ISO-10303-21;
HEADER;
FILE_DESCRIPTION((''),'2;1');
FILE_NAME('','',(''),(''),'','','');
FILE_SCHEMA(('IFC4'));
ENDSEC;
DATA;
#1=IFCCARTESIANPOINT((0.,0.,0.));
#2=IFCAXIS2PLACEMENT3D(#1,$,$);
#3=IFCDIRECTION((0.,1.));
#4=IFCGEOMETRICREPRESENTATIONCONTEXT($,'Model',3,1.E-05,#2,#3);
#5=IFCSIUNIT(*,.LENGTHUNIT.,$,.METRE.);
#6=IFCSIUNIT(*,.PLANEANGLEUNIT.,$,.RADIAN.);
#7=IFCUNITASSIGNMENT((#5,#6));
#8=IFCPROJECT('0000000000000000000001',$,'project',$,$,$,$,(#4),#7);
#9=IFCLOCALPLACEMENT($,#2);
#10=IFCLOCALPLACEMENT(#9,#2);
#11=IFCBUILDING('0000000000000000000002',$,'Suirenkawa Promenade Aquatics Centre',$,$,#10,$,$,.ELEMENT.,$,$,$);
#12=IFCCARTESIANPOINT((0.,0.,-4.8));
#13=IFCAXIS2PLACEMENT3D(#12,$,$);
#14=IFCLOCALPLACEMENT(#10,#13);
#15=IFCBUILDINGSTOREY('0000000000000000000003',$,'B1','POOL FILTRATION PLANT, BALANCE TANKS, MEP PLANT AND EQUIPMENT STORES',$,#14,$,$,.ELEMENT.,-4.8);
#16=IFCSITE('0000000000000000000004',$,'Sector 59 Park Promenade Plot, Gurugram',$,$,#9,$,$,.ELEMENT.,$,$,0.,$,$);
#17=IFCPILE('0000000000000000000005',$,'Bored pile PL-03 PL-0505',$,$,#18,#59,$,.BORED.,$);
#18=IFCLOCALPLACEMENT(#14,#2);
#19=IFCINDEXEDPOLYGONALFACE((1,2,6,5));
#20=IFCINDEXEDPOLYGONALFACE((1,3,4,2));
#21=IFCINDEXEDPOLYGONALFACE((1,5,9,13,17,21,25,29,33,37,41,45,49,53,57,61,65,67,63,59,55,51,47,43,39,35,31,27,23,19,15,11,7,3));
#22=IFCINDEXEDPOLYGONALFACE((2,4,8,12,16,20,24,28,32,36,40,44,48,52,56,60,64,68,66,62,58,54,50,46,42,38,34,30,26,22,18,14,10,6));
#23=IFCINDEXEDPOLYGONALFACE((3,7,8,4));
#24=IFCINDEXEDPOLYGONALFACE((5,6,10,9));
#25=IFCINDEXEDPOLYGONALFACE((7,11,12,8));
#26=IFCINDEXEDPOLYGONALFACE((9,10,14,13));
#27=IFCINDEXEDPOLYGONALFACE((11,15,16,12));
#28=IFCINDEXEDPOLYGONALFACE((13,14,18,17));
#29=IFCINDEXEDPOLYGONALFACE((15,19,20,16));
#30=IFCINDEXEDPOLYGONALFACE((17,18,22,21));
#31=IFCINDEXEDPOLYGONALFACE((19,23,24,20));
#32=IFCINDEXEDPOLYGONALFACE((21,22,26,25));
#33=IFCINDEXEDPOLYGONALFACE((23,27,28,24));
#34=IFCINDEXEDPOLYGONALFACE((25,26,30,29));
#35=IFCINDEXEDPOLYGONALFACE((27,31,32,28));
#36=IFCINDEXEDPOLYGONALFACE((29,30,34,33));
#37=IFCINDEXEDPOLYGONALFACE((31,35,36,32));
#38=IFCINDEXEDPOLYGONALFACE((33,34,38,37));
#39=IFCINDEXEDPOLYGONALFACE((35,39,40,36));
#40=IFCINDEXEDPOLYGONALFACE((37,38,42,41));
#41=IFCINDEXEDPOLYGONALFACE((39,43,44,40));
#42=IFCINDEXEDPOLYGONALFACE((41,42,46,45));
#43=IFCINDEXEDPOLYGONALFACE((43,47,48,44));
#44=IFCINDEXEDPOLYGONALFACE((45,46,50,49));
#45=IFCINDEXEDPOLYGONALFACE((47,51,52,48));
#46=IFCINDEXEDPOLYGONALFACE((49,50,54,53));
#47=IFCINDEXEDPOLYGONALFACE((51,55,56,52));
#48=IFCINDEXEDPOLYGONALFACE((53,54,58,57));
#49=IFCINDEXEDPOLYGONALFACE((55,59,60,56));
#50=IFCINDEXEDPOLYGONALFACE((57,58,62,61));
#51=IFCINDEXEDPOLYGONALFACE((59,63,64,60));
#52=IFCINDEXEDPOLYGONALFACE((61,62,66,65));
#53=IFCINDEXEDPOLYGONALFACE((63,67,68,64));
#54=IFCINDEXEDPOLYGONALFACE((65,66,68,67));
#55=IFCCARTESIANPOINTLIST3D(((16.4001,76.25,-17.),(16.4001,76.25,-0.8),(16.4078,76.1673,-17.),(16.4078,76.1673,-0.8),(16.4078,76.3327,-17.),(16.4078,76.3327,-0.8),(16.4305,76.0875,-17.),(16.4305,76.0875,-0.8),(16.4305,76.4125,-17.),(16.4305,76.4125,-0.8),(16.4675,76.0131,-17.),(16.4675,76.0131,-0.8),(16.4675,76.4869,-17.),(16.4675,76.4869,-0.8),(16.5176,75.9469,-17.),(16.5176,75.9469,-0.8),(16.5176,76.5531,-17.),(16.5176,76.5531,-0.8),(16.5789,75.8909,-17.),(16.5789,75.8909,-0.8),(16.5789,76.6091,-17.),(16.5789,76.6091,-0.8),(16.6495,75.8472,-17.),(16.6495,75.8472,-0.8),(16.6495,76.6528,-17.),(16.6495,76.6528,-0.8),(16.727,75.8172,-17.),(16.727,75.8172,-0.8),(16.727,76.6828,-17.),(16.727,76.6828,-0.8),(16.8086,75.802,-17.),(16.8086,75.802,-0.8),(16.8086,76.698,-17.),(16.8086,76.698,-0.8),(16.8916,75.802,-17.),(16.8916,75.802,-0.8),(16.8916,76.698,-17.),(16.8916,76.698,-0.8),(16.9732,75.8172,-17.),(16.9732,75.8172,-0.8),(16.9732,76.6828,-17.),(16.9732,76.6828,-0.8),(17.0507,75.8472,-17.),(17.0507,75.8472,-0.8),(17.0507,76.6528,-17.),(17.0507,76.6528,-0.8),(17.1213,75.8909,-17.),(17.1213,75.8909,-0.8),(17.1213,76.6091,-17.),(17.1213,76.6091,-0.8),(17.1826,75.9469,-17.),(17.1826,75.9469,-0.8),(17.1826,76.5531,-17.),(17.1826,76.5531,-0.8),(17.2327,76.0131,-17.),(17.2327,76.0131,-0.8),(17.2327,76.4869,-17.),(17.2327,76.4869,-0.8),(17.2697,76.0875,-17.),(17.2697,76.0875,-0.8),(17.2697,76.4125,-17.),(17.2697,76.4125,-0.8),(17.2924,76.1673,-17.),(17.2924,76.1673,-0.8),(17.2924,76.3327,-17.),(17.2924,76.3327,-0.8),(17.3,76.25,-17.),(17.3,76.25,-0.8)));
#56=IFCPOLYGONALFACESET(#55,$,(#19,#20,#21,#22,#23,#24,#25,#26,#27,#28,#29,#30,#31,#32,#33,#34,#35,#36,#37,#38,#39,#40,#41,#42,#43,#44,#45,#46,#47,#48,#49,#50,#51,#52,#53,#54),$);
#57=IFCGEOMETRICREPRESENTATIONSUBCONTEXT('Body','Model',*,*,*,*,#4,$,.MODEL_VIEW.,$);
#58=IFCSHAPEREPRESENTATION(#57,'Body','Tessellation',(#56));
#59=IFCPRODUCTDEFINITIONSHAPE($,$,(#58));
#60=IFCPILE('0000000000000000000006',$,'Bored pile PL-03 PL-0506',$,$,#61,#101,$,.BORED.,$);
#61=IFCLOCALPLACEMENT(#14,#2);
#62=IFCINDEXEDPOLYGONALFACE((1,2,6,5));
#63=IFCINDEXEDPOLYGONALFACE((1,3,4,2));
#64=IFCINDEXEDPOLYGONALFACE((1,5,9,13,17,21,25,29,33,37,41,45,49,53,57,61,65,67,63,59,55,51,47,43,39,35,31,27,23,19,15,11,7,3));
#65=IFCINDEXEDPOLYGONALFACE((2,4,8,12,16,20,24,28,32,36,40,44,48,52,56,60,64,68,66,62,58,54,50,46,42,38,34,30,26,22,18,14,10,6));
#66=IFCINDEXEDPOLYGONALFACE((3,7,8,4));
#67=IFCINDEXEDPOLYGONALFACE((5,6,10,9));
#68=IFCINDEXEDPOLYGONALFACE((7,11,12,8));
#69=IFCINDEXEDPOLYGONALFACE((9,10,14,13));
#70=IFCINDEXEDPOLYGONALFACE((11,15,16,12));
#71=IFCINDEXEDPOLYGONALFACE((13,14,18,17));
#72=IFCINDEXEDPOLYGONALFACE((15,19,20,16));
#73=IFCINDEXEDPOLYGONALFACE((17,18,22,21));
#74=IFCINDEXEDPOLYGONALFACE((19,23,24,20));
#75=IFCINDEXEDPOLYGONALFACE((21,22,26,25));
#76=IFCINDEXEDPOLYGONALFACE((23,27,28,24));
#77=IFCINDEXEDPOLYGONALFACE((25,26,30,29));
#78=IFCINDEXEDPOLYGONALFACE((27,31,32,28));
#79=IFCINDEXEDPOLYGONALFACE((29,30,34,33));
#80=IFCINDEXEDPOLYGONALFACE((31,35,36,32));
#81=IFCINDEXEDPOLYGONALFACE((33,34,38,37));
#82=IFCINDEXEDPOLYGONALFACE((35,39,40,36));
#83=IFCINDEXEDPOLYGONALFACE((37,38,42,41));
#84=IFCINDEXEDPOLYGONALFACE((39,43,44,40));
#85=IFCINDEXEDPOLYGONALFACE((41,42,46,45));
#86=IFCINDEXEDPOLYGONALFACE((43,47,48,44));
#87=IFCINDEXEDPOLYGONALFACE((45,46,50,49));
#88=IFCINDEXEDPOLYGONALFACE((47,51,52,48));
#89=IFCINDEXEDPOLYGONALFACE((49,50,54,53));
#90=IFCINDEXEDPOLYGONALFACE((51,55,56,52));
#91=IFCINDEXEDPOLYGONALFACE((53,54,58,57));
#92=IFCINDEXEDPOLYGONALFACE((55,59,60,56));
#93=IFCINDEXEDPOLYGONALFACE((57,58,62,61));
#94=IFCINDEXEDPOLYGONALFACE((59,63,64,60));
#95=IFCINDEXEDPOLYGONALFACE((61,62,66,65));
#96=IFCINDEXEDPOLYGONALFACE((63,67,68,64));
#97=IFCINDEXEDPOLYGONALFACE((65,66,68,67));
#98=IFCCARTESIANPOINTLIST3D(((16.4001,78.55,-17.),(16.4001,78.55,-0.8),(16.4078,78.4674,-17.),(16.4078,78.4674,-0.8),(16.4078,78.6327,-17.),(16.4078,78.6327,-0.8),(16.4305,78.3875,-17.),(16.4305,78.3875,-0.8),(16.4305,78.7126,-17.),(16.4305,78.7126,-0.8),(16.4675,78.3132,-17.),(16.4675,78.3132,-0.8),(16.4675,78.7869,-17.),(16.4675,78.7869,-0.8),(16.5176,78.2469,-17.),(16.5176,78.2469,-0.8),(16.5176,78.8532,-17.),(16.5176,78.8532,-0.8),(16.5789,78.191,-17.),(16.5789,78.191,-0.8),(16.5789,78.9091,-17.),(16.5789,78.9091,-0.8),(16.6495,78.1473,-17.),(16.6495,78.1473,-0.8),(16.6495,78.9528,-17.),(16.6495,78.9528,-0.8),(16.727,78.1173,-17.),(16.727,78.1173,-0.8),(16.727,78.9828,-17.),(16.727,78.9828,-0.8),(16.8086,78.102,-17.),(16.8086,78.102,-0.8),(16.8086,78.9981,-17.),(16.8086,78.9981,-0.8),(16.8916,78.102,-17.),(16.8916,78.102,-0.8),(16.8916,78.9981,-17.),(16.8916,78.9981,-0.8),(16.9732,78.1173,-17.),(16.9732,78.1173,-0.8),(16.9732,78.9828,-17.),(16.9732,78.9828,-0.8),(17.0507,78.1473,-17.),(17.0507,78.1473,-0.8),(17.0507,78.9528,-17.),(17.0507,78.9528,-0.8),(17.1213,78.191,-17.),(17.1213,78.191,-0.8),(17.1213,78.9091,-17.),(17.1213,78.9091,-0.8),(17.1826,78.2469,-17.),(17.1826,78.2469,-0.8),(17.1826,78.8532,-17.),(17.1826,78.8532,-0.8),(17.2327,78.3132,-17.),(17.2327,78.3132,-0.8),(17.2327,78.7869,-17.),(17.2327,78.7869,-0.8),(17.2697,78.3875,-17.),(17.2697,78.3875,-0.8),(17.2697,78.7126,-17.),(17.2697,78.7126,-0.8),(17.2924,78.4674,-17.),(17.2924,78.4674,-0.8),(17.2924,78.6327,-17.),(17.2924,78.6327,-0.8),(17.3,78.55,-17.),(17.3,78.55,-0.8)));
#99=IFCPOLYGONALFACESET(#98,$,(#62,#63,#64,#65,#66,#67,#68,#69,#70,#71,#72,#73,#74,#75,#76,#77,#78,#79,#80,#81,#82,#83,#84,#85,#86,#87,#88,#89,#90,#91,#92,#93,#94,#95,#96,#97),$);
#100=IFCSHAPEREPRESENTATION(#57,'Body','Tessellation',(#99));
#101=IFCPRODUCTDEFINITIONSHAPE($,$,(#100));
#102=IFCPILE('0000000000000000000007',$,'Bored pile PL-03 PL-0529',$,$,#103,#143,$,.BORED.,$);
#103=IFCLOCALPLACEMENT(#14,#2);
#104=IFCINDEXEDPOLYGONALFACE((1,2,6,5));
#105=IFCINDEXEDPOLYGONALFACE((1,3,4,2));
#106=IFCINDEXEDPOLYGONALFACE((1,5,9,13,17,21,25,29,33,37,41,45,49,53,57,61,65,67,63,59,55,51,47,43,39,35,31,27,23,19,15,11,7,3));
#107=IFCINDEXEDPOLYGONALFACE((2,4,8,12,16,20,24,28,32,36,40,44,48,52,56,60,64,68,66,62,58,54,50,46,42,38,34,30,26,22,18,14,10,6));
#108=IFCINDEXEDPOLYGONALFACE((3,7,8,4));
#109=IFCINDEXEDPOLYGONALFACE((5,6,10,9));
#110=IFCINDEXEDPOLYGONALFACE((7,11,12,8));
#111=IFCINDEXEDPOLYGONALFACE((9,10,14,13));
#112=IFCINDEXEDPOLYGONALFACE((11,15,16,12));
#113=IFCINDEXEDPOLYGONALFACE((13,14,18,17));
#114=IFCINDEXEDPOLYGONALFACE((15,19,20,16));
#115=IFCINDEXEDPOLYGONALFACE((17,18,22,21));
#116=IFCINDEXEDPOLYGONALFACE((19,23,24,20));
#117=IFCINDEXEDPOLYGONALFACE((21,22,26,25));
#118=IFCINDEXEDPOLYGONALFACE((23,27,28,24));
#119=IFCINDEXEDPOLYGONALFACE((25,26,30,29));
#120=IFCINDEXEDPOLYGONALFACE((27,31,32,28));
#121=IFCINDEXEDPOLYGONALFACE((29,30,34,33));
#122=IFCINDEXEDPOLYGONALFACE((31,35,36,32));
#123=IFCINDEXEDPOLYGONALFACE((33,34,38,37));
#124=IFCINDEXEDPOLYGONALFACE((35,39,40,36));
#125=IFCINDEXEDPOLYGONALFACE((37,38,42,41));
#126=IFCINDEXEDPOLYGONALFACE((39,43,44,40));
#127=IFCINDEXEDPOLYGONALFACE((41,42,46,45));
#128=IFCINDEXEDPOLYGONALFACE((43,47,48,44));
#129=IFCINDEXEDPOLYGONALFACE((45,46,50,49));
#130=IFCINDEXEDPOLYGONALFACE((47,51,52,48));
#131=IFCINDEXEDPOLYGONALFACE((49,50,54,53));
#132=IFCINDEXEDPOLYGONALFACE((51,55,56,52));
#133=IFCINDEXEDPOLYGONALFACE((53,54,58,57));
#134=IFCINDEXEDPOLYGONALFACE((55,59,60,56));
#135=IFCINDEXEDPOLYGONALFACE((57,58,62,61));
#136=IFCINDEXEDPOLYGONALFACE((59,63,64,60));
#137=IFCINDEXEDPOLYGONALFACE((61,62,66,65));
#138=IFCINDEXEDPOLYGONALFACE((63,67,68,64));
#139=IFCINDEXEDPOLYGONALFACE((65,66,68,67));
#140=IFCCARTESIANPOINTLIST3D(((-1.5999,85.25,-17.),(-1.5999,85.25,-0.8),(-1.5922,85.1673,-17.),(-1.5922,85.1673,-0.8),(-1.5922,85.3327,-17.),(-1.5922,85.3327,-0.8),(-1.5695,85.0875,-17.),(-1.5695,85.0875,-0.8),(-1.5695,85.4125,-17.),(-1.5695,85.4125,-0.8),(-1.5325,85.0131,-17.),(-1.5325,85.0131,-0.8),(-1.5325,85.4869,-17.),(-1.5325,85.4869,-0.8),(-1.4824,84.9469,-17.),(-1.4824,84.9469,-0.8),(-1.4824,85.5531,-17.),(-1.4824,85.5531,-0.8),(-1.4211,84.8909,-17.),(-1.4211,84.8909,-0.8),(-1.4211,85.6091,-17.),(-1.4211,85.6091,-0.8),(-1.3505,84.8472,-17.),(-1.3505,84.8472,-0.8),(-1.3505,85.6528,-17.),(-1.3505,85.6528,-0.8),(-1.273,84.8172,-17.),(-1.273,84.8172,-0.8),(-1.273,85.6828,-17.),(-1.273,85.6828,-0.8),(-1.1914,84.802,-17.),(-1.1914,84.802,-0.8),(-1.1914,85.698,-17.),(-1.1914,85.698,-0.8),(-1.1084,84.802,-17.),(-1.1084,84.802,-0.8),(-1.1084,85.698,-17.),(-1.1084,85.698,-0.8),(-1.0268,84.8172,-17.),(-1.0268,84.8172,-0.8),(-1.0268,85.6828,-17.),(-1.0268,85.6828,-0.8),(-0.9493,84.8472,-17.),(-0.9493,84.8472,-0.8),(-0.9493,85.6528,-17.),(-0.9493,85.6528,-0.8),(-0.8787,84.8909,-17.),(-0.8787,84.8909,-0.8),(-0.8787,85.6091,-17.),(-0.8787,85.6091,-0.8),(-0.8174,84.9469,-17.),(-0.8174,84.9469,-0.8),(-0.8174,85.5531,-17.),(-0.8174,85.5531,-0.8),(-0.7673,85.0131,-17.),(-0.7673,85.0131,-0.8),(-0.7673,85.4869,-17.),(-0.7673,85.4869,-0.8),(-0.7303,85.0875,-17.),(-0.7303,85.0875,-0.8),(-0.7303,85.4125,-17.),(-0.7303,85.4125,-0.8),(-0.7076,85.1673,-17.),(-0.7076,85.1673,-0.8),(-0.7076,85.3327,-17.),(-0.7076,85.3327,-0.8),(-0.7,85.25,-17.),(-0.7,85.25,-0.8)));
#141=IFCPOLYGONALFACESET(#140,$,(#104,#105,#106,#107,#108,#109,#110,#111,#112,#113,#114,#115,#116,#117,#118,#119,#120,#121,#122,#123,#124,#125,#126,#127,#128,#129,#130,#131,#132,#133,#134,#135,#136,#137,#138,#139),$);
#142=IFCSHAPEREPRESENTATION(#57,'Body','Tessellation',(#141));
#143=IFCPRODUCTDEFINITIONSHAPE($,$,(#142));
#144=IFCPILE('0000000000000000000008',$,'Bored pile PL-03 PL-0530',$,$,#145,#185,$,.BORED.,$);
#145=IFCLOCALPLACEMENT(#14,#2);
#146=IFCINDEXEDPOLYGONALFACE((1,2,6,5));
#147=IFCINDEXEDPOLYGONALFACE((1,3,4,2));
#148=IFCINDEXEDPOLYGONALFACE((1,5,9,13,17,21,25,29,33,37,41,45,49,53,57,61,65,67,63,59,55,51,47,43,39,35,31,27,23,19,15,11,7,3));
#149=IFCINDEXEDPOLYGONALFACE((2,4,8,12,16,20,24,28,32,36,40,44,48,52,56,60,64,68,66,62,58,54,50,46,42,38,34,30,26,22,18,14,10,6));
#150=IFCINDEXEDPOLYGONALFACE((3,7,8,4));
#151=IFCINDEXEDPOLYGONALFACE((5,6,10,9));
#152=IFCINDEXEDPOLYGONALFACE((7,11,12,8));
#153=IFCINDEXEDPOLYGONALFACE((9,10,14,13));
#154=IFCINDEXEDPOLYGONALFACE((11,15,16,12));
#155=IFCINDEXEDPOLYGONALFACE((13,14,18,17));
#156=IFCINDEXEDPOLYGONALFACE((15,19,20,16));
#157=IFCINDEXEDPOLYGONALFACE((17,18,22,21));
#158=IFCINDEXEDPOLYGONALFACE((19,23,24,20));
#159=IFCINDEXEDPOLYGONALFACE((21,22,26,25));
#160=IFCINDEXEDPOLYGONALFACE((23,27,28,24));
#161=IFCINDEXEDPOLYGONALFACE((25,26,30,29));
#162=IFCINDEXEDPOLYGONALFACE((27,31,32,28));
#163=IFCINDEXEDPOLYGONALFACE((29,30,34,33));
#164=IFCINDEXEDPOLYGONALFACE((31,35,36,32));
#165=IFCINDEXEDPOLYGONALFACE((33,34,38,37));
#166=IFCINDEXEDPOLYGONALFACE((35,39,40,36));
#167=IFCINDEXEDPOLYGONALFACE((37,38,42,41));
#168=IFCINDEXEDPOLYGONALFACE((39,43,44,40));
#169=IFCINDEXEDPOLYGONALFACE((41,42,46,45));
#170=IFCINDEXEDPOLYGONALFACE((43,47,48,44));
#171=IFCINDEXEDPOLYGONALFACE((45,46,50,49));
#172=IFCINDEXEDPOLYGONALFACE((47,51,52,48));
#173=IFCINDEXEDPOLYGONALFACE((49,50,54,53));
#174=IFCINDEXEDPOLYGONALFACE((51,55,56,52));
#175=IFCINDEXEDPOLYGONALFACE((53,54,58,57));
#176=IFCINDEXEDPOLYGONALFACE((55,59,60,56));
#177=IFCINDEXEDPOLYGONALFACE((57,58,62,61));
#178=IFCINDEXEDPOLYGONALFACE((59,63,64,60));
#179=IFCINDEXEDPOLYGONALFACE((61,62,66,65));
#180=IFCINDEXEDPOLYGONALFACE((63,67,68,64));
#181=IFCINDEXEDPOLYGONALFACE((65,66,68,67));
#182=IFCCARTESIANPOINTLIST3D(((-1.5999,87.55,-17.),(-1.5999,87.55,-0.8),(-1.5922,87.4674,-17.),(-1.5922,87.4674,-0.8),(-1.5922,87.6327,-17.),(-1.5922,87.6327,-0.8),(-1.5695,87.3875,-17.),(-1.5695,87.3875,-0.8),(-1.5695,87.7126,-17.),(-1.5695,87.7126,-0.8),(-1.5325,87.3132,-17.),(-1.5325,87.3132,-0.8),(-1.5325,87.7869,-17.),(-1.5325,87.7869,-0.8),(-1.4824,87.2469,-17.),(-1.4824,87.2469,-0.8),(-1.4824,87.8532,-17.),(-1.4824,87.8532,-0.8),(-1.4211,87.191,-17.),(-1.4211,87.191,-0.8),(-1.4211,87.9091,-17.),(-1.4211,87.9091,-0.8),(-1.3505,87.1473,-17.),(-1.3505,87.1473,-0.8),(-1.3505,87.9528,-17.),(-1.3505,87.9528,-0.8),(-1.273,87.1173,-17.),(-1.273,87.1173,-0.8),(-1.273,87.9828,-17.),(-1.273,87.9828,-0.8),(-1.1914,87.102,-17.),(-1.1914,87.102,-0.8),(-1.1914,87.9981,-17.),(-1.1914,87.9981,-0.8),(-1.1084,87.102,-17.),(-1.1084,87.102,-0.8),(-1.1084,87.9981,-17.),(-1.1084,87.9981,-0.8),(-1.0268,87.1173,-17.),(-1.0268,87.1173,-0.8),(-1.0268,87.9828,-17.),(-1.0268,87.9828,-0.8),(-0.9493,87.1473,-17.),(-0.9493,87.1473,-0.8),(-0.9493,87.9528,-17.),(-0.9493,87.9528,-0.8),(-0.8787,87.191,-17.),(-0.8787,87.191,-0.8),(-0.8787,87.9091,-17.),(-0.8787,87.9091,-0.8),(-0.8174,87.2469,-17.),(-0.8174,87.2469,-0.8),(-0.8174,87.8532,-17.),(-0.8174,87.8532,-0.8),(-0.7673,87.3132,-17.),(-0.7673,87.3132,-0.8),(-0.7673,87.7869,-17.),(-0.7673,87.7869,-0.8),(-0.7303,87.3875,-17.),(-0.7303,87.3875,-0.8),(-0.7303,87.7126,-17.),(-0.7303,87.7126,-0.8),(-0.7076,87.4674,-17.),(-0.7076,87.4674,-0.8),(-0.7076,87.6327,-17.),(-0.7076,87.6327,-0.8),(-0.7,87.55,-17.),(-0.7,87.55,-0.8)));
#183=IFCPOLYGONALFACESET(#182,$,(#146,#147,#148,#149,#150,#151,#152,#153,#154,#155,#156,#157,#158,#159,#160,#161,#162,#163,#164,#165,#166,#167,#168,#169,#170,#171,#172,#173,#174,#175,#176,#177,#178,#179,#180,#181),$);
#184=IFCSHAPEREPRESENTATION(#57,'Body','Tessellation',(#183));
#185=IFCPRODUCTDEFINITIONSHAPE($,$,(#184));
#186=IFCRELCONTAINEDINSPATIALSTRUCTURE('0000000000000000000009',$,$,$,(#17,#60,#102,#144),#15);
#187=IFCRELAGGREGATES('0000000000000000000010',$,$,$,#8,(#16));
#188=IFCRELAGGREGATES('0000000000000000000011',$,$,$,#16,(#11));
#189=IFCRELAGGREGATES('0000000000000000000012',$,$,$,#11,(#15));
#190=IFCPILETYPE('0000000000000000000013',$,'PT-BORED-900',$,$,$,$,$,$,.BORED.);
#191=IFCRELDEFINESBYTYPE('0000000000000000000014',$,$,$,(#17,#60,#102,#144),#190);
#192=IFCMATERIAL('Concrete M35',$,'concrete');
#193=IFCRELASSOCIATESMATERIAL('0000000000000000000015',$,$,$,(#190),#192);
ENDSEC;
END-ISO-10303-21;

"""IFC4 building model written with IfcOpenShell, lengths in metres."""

from ifc_helpers import new_model, si_unit, direction, frame, origin, origin_2d, place, context, subcontext, project, spatial, circle, extrude, material, material_profile, profile_set, type_object, element, save


model = new_model("IFC4")

# Units and contexts
model_context = context("Model", 3, precision=1e-05, world=origin(), true_north=direction((0.0, 1.0)))
body_context = subcontext(model_context, "Body", "Model", "MODEL_VIEW")
ifc_project = project(units=[si_unit("LENGTHUNIT", "METRE"), si_unit("PLANEANGLEUNIT", "RADIAN")], contexts=[model_context])

# Site, building, storey
site_placement = place(None, origin())
site = spatial("IfcSite", under=ifc_project, at=site_placement, Name="Sector 59 Park Promenade Plot, Gurugram", CompositionType="ELEMENT", RefElevation=0.0)
building_placement = place(site_placement, origin())
building = spatial("IfcBuilding", under=site, at=building_placement, Name="Suirenkawa Promenade Aquatics Centre", CompositionType="ELEMENT")
storey_placement = place(building_placement, frame((0.0, 0.0, -4.8)))
storey = spatial("IfcBuildingStorey", under=building, at=storey_placement, Name="B1", Description="POOL FILTRATION PLANT, BALANCE TANKS, MEP PLANT AND EQUIPMENT STORES", CompositionType="ELEMENT", Elevation=-4.8)

# Shared definitions
ifc_material_1 = material(Name="Concrete M35", Category="concrete")

# Piles
ifc_material_profile_1 = material_profile(ifc_material_1, circle(Radius=0.45, at=origin_2d()), Name="PILE D900", Category="concrete")
ifc_profile_set_1 = profile_set([ifc_material_profile_1], Name="Concrete M35")
pile_type_1 = type_object("IfcPileType", Name="PT-BORED-900", PredefinedType="BORED", material=ifc_profile_set_1)
for number, where, z_axis, x_axis, name in (
    (1, (16.8501, 76.25, -0.8), (0.0, 0.0, -1.0), (1.0, 0.0, 0.0), "Bored pile PL-03 PL-0505"),
    (2, (16.8501, 78.55, -0.8), (0.0, 0.0, -1.0), (1.0, 0.0, 0.0), "Bored pile PL-03 PL-0506"),
    (3, (-1.1499, 85.25, -0.8), (0.0, 0.0, -1.0), (1.0, 0.0, 0.0), "Bored pile PL-03 PL-0529"),
    (4, (-1.1499, 87.55, -0.8), (0.0, 0.0, -1.0), (1.0, 0.0, 0.0), "Bored pile PL-03 PL-0530"),
):
    element("IfcPile", number, at=place(storey_placement, frame(where, z_axis=z_axis, x_axis=x_axis)), inside=storey, type_object=pile_type_1, Name=name, PredefinedType="BORED", context=body_context, shape_type="SweptSolid", body=[
        extrude(circle(Radius=0.45, at=origin_2d()), origin(), (0.0, 0.0, 1.0), 16.2),
    ])

save(model, "model.ifc")
